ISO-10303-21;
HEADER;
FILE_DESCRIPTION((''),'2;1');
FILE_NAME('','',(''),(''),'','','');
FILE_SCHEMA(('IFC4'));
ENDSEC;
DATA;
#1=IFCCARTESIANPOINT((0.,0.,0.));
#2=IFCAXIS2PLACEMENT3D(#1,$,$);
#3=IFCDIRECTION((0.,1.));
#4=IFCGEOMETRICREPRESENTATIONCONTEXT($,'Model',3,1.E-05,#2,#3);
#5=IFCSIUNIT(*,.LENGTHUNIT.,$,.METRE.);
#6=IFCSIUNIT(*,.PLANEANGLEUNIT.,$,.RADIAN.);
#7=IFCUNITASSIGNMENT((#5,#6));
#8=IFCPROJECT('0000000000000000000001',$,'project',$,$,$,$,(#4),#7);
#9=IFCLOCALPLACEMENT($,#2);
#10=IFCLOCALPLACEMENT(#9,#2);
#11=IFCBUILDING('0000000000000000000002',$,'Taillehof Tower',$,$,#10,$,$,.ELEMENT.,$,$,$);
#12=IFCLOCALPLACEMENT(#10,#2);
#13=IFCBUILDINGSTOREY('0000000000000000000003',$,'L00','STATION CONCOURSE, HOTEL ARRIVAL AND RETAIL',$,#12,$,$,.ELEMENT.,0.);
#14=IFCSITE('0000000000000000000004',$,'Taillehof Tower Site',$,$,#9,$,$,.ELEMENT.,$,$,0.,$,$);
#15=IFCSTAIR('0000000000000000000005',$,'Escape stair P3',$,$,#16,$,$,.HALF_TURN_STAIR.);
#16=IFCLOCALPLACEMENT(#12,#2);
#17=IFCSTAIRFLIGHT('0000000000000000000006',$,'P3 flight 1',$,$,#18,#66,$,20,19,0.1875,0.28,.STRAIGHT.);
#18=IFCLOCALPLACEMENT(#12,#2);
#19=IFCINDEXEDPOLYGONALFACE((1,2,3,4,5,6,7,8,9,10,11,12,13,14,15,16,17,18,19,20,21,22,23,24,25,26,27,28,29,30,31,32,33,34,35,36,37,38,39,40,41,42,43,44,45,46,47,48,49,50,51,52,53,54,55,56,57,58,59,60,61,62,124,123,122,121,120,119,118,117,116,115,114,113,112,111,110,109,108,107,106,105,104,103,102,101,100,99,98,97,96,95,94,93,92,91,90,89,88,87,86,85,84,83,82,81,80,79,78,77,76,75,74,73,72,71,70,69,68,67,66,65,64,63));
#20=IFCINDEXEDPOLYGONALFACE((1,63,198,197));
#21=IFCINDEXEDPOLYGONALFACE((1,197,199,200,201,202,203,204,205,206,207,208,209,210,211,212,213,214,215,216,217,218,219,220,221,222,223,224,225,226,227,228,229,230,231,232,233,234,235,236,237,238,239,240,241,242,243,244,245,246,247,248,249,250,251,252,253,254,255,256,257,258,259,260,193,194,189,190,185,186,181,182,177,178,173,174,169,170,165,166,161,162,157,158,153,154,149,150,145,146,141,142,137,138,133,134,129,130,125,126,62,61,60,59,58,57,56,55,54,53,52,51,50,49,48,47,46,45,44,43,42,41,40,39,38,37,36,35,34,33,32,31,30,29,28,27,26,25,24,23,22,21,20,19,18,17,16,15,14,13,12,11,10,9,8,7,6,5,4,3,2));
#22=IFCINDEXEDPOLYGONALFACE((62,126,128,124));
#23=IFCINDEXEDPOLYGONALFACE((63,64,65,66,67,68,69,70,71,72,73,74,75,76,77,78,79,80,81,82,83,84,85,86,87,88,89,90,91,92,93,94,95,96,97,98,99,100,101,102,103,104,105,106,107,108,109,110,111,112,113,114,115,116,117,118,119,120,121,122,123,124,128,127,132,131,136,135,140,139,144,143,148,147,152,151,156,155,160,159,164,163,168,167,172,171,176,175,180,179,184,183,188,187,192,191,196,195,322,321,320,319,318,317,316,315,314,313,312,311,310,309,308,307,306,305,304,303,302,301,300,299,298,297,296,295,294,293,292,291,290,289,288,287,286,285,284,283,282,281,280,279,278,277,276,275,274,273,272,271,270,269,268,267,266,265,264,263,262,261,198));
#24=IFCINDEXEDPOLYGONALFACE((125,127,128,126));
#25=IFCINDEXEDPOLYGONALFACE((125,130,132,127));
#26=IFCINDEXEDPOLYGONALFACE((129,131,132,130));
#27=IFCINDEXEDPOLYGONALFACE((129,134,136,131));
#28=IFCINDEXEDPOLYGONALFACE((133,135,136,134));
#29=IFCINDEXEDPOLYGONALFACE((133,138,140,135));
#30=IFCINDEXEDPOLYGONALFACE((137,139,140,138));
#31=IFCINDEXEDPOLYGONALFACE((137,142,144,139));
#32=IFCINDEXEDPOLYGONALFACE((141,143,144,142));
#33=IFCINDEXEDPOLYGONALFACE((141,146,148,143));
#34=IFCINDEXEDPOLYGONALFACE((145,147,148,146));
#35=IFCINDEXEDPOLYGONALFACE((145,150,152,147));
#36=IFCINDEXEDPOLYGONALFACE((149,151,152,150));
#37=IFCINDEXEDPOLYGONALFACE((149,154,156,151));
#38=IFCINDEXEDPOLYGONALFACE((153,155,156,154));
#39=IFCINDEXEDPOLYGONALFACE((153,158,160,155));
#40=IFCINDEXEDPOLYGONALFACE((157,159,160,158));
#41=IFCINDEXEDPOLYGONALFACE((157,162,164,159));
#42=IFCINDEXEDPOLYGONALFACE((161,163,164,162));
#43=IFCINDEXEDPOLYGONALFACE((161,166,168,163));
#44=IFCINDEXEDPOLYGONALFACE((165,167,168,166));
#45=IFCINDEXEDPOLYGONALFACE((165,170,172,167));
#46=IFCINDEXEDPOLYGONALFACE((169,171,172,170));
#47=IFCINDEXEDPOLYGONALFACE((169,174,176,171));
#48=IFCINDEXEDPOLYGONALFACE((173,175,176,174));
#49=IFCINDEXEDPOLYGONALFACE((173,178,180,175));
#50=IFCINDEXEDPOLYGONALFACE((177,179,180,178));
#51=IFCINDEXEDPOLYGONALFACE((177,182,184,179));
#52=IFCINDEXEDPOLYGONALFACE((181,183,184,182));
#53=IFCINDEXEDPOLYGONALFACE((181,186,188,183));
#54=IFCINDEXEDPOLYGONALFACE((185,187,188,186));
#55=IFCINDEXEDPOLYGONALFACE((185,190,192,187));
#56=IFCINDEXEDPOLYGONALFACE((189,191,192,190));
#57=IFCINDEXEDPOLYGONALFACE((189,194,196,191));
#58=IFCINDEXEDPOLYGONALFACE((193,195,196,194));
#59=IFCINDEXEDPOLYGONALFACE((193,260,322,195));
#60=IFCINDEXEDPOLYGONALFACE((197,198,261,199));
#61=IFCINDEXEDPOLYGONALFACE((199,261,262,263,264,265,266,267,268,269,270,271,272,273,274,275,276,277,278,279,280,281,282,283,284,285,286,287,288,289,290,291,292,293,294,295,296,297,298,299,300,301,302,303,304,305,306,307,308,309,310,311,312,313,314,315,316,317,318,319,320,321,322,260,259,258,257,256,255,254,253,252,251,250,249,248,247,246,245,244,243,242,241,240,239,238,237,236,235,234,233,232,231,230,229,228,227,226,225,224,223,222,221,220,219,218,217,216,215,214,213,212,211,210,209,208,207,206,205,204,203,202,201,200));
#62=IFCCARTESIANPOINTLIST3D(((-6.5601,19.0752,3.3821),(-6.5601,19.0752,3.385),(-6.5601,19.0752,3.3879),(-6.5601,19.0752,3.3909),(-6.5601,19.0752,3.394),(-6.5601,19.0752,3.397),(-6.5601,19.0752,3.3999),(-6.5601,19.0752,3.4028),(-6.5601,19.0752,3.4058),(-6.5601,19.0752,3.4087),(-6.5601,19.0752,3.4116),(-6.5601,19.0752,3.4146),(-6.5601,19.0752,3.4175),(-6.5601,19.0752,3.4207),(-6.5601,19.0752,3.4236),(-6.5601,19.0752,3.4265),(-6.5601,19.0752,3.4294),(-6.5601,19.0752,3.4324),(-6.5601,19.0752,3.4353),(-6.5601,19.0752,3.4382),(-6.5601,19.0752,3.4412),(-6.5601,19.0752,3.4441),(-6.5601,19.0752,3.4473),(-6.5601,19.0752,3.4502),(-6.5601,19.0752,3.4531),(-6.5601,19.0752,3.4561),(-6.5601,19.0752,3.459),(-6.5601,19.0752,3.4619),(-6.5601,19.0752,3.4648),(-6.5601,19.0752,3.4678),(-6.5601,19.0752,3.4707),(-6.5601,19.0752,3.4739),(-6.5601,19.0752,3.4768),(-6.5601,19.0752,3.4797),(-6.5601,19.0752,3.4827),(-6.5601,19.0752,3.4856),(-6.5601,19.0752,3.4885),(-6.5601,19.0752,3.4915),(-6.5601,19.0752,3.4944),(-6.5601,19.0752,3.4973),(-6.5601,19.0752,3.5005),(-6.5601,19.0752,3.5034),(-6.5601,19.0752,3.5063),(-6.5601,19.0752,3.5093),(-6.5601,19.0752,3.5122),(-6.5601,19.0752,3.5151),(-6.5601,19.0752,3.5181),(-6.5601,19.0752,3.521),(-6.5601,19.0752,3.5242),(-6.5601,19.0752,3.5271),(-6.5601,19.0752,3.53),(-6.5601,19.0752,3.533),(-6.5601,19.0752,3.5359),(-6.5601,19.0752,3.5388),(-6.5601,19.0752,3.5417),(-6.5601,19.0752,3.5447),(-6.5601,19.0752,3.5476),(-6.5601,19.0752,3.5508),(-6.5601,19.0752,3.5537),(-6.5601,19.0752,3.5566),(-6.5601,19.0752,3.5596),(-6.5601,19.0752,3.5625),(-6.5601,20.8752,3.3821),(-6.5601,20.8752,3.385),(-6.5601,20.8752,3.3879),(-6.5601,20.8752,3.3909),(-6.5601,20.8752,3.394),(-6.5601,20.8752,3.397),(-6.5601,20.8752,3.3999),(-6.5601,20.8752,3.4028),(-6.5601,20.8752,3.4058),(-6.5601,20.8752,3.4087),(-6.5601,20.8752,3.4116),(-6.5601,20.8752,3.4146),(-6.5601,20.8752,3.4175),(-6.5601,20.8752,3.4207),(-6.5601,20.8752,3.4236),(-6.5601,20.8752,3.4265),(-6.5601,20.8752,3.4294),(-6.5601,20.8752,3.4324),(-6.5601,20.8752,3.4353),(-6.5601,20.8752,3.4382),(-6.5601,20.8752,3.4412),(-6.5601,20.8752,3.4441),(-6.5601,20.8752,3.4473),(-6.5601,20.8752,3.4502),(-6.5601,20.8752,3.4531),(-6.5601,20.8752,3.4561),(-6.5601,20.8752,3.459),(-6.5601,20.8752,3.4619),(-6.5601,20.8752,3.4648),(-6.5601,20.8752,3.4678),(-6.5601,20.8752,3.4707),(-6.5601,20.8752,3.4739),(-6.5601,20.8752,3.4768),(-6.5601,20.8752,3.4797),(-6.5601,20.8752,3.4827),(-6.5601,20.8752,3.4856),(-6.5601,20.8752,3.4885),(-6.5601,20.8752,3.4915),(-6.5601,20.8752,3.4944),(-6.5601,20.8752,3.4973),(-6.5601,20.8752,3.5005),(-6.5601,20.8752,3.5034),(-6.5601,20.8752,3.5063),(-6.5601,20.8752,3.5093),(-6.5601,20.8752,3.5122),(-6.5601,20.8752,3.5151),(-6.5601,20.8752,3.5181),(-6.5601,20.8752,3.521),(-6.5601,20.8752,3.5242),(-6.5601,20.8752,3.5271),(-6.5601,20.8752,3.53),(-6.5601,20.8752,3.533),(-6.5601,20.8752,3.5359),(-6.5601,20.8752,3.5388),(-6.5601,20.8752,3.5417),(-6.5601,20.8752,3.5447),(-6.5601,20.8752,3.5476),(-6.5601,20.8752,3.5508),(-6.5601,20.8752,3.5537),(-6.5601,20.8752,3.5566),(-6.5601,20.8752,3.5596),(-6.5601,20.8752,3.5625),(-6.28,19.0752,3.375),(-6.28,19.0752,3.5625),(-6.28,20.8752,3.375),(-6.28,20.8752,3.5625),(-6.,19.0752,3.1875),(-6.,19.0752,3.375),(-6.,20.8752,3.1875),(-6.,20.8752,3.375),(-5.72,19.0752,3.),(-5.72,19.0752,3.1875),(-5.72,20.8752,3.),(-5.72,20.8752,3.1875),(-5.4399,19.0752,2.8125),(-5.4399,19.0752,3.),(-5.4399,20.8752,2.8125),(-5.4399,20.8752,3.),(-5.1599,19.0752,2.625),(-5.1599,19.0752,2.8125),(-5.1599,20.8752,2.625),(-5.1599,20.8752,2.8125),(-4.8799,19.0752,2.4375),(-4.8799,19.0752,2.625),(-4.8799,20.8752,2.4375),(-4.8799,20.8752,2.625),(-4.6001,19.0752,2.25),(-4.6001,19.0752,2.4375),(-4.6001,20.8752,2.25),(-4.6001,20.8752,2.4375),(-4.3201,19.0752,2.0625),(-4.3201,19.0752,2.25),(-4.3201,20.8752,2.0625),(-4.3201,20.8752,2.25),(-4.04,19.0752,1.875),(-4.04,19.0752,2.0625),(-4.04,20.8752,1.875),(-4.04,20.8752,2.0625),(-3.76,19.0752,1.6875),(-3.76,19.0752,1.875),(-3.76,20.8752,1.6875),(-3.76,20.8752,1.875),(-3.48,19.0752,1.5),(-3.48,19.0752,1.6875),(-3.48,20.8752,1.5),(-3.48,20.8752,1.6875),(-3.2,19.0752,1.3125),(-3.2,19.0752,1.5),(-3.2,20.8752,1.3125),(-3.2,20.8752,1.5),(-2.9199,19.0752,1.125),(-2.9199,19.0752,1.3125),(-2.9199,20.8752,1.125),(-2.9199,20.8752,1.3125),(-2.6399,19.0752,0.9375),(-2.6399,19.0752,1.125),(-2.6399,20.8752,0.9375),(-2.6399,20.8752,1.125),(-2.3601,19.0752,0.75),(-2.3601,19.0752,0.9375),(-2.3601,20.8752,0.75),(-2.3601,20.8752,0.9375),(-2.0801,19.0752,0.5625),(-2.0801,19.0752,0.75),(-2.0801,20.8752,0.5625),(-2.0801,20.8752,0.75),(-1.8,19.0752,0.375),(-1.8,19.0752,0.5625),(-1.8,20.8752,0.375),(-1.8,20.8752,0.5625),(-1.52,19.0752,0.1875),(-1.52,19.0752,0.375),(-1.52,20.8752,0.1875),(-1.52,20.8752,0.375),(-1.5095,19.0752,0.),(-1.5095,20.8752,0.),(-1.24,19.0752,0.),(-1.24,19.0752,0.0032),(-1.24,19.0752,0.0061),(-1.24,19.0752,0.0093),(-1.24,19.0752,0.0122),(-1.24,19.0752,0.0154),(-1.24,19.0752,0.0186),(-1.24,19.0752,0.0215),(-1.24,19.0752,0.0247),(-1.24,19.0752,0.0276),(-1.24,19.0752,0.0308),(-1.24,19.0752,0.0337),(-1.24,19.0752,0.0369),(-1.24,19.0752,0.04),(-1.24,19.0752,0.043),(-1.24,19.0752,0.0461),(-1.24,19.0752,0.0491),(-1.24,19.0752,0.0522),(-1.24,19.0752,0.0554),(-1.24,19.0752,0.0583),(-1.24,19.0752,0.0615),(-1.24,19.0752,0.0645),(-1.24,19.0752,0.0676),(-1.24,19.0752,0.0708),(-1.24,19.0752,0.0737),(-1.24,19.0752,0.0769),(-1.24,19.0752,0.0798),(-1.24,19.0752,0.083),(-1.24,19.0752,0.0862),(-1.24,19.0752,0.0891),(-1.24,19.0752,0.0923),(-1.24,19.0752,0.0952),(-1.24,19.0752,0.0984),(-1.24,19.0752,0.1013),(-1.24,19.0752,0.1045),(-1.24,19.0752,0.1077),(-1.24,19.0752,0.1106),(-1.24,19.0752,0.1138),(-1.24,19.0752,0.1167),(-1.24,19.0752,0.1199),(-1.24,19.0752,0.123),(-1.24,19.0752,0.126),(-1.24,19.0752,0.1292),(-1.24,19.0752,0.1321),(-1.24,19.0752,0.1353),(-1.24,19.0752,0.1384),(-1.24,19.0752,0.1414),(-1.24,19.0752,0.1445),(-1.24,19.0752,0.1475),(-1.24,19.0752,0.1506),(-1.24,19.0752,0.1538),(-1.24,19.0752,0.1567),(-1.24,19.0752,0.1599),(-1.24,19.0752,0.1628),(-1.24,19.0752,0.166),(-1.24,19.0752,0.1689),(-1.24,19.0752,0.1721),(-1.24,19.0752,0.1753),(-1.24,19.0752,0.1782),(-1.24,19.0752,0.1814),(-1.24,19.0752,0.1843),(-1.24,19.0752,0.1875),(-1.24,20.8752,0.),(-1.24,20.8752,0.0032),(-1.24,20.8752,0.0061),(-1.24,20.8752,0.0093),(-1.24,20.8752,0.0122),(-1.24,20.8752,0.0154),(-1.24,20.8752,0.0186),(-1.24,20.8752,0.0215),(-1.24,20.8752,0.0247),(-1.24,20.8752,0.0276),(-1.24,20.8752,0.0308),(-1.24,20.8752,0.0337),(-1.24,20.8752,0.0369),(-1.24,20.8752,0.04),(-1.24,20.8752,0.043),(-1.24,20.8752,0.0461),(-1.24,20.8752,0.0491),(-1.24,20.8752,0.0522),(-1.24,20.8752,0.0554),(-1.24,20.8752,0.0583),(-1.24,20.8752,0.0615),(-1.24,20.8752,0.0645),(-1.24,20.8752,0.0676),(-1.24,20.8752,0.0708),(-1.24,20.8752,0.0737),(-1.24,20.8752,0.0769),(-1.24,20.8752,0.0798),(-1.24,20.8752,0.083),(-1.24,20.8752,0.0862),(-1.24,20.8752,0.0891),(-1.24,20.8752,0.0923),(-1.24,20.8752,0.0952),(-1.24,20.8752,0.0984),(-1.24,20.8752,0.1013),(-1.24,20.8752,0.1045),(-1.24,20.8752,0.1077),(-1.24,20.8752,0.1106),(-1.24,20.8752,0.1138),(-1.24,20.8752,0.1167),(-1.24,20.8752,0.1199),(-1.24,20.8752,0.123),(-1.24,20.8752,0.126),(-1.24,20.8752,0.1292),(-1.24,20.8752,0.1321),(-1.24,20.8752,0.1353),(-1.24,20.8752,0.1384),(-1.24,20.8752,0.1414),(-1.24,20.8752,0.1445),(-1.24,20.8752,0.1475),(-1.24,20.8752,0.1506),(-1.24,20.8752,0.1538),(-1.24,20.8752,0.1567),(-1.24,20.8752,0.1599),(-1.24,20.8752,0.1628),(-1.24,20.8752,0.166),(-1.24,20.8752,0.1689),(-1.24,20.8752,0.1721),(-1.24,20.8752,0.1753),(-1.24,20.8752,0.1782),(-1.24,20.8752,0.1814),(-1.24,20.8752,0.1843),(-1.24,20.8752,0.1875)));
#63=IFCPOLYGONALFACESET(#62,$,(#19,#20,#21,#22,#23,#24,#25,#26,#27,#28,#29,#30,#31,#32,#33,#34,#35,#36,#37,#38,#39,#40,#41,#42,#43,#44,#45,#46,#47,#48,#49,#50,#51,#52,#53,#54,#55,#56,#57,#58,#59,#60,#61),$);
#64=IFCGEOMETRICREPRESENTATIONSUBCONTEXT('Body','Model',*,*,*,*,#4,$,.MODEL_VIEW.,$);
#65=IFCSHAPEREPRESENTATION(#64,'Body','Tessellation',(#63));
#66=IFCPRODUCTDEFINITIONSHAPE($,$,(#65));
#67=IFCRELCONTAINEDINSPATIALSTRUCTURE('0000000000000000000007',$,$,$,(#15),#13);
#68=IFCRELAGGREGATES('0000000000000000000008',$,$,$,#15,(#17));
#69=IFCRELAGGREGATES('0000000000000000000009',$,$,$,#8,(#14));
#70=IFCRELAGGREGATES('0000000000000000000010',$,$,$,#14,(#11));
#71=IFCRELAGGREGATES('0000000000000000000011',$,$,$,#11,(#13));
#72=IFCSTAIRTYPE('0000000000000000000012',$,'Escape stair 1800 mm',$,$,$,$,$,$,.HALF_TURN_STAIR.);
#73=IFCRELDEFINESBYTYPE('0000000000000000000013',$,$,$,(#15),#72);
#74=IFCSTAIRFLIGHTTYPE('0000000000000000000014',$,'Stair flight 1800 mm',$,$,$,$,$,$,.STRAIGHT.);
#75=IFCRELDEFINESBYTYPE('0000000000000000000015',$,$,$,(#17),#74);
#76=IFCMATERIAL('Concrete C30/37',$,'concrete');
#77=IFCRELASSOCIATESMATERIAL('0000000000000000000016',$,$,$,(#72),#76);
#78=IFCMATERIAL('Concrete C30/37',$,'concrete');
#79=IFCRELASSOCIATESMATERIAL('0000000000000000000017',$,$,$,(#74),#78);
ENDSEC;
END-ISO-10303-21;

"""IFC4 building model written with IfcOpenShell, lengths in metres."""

from ifc_helpers import new_model, si_unit, direction, frame, origin, place, context, subcontext, project, spatial, polyline, outline, extrude, material, type_object, element, aggregate, save


model = new_model("IFC4")

# Units and contexts
model_context = context("Model", 3, precision=1e-05, world=origin(), true_north=direction((0.0, 1.0)))
body_context = subcontext(model_context, "Body", "Model", "MODEL_VIEW")
ifc_project = project(units=[si_unit("LENGTHUNIT", "METRE"), si_unit("PLANEANGLEUNIT", "RADIAN")], contexts=[model_context])

# Site, building, storey
site_placement = place(None, origin())
site = spatial("IfcSite", under=ifc_project, at=site_placement, Name="Taillehof Tower Site", CompositionType="ELEMENT", RefElevation=0.0)
building_placement = place(site_placement, origin())
building = spatial("IfcBuilding", under=site, at=building_placement, Name="Taillehof Tower", CompositionType="ELEMENT")
storey_placement = place(building_placement, origin())
storey = spatial("IfcBuildingStorey", under=building, at=storey_placement, Name="L00", Description="STATION CONCOURSE, HOTEL ARRIVAL AND RETAIL", CompositionType="ELEMENT", Elevation=0.0)

# Stair, stair flight
ifc_material_1 = material(Name="Concrete C30/37", Category="concrete")
stair_type = type_object("IfcStairType", Name="Escape stair 1800 mm", PredefinedType="HALF_TURN_STAIR", material=ifc_material_1)
stair_placement = place(storey_placement, origin())
stair = element("IfcStair", 1, at=stair_placement, inside=storey, type_object=stair_type, Name="Escape stair P3", PredefinedType="HALF_TURN_STAIR")
ifc_material_2 = material(Name="Concrete C30/37", Category="concrete")
stair_flight_type = type_object("IfcStairFlightType", Name="Stair flight 1800 mm", PredefinedType="STRAIGHT", material=ifc_material_2)
stair_flight_1_placement = place(storey_placement, frame((-1.24, 19.9751, 0.0), z_axis=(0.0, 0.0, 1.0), x_axis=(-1.0, 0.0, 0.0)))
stair_flight_1 = element("IfcStairFlight", 2, at=stair_flight_1_placement, type_object=stair_flight_type, Name="P3 flight 1", NumberOfRisers=20, NumberOfTreads=19, PredefinedType="STRAIGHT", RiserHeight=0.1875, TreadLength=0.28, context=body_context, shape_type="SweptSolid", body=[
    extrude(outline(polyline([(0.0, 0.0), (0.0, 0.0032), (0.0, 0.0061), (0.0, 0.0093), (0.0, 0.0122), (0.0, 0.0154), (0.0, 0.0186), (0.0, 0.0215), (0.0, 0.0247), (0.0, 0.0276), (0.0, 0.0308), (0.0, 0.0337), (0.0, 0.0369), (0.0, 0.04), (0.0, 0.043), (0.0, 0.0461), (0.0, 0.0491), (0.0, 0.0522), (0.0, 0.0554), (0.0, 0.0583), (0.0, 0.0615), (0.0, 0.0645), (0.0, 0.0676), (0.0, 0.0708), (0.0, 0.0737), (0.0, 0.0769), (0.0, 0.0798), (0.0, 0.083), (0.0, 0.0862), (0.0, 0.0891), (0.0, 0.0923), (0.0, 0.0952), (0.0, 0.0984), (0.0, 0.1013), (0.0, 0.1045), (0.0, 0.1077), (0.0, 0.1106), (0.0, 0.1138), (0.0, 0.1167), (0.0, 0.1199), (0.0, 0.123), (0.0, 0.126), (0.0, 0.1292), (0.0, 0.1321), (0.0, 0.1353), (0.0, 0.1384), (0.0, 0.1414), (0.0, 0.1445), (0.0, 0.1475), (0.0, 0.1506), (0.0, 0.1538), (0.0, 0.1567), (0.0, 0.1599), (0.0, 0.1628), (0.0, 0.166), (0.0, 0.1689), (0.0, 0.1721), (0.0, 0.1753), (0.0, 0.1782), (0.0, 0.1814), (0.0, 0.1843), (0.0, 0.1875), (0.28, 0.1875), (0.28, 0.375), (0.5601, 0.375), (0.5601, 0.5625), (0.8401, 0.5625), (0.8401, 0.75), (1.1201, 0.75), (1.1201, 0.9375), (1.3999, 0.9375), (1.3999, 1.125), (1.6799, 1.125), (1.6799, 1.3125), (1.96, 1.3125), (1.96, 1.5), (2.24, 1.5), (2.24, 1.6875), (2.52, 1.6875), (2.52, 1.875), (2.8, 1.875), (2.8, 2.0625), (3.0801, 2.0625), (3.0801, 2.25), (3.3601, 2.25), (3.3601, 2.4375), (3.6399, 2.4375), (3.6399, 2.625), (3.9199, 2.625), (3.9199, 2.8125), (4.2, 2.8125), (4.2, 3.0), (4.48, 3.0), (4.48, 3.1875), (4.76, 3.1875), (4.76, 3.375), (5.04, 3.375), (5.04, 3.5625), (5.3201, 3.5625), (5.3201, 3.5596), (5.3201, 3.5566), (5.3201, 3.5537), (5.3201, 3.5508), (5.3201, 3.5476), (5.3201, 3.5447), (5.3201, 3.5417), (5.3201, 3.5388), (5.3201, 3.5359), (5.3201, 3.533), (5.3201, 3.53), (5.3201, 3.5271), (5.3201, 3.5242), (5.3201, 3.521), (5.3201, 3.5181), (5.3201, 3.5151), (5.3201, 3.5122), (5.3201, 3.5093), (5.3201, 3.5063), (5.3201, 3.5034), (5.3201, 3.5005), (5.3201, 3.4973), (5.3201, 3.4944), (5.3201, 3.4915), (5.3201, 3.4885), (5.3201, 3.4856), (5.3201, 3.4827), (5.3201, 3.4797), (5.3201, 3.4768), (5.3201, 3.4739), (5.3201, 3.4707), (5.3201, 3.4678), (5.3201, 3.4648), (5.3201, 3.4619), (5.3201, 3.459), (5.3201, 3.4561), (5.3201, 3.4531), (5.3201, 3.4502), (5.3201, 3.4473), (5.3201, 3.4441), (5.3201, 3.4412), (5.3201, 3.4382), (5.3201, 3.4353), (5.3201, 3.4324), (5.3201, 3.4294), (5.3201, 3.4265), (5.3201, 3.4236), (5.3201, 3.4207), (5.3201, 3.4175), (5.3201, 3.4146), (5.3201, 3.4116), (5.3201, 3.4087), (5.3201, 3.4058), (5.3201, 3.4028), (5.3201, 3.3999), (5.3201, 3.397), (5.3201, 3.394), (5.3201, 3.3909), (5.3201, 3.3879), (5.3201, 3.385), (5.3201, 3.3821), (0.2695, 0.0), (0.0, 0.0)])), frame((0.0, 0.8999, 0.0), z_axis=(0.0, -1.0, 0.0), x_axis=(1.0, 0.0, 0.0)), (0.0, 0.0, 1.0), 1.8),
])
aggregate(stair, [stair_flight_1])

save(model, "model.ifc")
